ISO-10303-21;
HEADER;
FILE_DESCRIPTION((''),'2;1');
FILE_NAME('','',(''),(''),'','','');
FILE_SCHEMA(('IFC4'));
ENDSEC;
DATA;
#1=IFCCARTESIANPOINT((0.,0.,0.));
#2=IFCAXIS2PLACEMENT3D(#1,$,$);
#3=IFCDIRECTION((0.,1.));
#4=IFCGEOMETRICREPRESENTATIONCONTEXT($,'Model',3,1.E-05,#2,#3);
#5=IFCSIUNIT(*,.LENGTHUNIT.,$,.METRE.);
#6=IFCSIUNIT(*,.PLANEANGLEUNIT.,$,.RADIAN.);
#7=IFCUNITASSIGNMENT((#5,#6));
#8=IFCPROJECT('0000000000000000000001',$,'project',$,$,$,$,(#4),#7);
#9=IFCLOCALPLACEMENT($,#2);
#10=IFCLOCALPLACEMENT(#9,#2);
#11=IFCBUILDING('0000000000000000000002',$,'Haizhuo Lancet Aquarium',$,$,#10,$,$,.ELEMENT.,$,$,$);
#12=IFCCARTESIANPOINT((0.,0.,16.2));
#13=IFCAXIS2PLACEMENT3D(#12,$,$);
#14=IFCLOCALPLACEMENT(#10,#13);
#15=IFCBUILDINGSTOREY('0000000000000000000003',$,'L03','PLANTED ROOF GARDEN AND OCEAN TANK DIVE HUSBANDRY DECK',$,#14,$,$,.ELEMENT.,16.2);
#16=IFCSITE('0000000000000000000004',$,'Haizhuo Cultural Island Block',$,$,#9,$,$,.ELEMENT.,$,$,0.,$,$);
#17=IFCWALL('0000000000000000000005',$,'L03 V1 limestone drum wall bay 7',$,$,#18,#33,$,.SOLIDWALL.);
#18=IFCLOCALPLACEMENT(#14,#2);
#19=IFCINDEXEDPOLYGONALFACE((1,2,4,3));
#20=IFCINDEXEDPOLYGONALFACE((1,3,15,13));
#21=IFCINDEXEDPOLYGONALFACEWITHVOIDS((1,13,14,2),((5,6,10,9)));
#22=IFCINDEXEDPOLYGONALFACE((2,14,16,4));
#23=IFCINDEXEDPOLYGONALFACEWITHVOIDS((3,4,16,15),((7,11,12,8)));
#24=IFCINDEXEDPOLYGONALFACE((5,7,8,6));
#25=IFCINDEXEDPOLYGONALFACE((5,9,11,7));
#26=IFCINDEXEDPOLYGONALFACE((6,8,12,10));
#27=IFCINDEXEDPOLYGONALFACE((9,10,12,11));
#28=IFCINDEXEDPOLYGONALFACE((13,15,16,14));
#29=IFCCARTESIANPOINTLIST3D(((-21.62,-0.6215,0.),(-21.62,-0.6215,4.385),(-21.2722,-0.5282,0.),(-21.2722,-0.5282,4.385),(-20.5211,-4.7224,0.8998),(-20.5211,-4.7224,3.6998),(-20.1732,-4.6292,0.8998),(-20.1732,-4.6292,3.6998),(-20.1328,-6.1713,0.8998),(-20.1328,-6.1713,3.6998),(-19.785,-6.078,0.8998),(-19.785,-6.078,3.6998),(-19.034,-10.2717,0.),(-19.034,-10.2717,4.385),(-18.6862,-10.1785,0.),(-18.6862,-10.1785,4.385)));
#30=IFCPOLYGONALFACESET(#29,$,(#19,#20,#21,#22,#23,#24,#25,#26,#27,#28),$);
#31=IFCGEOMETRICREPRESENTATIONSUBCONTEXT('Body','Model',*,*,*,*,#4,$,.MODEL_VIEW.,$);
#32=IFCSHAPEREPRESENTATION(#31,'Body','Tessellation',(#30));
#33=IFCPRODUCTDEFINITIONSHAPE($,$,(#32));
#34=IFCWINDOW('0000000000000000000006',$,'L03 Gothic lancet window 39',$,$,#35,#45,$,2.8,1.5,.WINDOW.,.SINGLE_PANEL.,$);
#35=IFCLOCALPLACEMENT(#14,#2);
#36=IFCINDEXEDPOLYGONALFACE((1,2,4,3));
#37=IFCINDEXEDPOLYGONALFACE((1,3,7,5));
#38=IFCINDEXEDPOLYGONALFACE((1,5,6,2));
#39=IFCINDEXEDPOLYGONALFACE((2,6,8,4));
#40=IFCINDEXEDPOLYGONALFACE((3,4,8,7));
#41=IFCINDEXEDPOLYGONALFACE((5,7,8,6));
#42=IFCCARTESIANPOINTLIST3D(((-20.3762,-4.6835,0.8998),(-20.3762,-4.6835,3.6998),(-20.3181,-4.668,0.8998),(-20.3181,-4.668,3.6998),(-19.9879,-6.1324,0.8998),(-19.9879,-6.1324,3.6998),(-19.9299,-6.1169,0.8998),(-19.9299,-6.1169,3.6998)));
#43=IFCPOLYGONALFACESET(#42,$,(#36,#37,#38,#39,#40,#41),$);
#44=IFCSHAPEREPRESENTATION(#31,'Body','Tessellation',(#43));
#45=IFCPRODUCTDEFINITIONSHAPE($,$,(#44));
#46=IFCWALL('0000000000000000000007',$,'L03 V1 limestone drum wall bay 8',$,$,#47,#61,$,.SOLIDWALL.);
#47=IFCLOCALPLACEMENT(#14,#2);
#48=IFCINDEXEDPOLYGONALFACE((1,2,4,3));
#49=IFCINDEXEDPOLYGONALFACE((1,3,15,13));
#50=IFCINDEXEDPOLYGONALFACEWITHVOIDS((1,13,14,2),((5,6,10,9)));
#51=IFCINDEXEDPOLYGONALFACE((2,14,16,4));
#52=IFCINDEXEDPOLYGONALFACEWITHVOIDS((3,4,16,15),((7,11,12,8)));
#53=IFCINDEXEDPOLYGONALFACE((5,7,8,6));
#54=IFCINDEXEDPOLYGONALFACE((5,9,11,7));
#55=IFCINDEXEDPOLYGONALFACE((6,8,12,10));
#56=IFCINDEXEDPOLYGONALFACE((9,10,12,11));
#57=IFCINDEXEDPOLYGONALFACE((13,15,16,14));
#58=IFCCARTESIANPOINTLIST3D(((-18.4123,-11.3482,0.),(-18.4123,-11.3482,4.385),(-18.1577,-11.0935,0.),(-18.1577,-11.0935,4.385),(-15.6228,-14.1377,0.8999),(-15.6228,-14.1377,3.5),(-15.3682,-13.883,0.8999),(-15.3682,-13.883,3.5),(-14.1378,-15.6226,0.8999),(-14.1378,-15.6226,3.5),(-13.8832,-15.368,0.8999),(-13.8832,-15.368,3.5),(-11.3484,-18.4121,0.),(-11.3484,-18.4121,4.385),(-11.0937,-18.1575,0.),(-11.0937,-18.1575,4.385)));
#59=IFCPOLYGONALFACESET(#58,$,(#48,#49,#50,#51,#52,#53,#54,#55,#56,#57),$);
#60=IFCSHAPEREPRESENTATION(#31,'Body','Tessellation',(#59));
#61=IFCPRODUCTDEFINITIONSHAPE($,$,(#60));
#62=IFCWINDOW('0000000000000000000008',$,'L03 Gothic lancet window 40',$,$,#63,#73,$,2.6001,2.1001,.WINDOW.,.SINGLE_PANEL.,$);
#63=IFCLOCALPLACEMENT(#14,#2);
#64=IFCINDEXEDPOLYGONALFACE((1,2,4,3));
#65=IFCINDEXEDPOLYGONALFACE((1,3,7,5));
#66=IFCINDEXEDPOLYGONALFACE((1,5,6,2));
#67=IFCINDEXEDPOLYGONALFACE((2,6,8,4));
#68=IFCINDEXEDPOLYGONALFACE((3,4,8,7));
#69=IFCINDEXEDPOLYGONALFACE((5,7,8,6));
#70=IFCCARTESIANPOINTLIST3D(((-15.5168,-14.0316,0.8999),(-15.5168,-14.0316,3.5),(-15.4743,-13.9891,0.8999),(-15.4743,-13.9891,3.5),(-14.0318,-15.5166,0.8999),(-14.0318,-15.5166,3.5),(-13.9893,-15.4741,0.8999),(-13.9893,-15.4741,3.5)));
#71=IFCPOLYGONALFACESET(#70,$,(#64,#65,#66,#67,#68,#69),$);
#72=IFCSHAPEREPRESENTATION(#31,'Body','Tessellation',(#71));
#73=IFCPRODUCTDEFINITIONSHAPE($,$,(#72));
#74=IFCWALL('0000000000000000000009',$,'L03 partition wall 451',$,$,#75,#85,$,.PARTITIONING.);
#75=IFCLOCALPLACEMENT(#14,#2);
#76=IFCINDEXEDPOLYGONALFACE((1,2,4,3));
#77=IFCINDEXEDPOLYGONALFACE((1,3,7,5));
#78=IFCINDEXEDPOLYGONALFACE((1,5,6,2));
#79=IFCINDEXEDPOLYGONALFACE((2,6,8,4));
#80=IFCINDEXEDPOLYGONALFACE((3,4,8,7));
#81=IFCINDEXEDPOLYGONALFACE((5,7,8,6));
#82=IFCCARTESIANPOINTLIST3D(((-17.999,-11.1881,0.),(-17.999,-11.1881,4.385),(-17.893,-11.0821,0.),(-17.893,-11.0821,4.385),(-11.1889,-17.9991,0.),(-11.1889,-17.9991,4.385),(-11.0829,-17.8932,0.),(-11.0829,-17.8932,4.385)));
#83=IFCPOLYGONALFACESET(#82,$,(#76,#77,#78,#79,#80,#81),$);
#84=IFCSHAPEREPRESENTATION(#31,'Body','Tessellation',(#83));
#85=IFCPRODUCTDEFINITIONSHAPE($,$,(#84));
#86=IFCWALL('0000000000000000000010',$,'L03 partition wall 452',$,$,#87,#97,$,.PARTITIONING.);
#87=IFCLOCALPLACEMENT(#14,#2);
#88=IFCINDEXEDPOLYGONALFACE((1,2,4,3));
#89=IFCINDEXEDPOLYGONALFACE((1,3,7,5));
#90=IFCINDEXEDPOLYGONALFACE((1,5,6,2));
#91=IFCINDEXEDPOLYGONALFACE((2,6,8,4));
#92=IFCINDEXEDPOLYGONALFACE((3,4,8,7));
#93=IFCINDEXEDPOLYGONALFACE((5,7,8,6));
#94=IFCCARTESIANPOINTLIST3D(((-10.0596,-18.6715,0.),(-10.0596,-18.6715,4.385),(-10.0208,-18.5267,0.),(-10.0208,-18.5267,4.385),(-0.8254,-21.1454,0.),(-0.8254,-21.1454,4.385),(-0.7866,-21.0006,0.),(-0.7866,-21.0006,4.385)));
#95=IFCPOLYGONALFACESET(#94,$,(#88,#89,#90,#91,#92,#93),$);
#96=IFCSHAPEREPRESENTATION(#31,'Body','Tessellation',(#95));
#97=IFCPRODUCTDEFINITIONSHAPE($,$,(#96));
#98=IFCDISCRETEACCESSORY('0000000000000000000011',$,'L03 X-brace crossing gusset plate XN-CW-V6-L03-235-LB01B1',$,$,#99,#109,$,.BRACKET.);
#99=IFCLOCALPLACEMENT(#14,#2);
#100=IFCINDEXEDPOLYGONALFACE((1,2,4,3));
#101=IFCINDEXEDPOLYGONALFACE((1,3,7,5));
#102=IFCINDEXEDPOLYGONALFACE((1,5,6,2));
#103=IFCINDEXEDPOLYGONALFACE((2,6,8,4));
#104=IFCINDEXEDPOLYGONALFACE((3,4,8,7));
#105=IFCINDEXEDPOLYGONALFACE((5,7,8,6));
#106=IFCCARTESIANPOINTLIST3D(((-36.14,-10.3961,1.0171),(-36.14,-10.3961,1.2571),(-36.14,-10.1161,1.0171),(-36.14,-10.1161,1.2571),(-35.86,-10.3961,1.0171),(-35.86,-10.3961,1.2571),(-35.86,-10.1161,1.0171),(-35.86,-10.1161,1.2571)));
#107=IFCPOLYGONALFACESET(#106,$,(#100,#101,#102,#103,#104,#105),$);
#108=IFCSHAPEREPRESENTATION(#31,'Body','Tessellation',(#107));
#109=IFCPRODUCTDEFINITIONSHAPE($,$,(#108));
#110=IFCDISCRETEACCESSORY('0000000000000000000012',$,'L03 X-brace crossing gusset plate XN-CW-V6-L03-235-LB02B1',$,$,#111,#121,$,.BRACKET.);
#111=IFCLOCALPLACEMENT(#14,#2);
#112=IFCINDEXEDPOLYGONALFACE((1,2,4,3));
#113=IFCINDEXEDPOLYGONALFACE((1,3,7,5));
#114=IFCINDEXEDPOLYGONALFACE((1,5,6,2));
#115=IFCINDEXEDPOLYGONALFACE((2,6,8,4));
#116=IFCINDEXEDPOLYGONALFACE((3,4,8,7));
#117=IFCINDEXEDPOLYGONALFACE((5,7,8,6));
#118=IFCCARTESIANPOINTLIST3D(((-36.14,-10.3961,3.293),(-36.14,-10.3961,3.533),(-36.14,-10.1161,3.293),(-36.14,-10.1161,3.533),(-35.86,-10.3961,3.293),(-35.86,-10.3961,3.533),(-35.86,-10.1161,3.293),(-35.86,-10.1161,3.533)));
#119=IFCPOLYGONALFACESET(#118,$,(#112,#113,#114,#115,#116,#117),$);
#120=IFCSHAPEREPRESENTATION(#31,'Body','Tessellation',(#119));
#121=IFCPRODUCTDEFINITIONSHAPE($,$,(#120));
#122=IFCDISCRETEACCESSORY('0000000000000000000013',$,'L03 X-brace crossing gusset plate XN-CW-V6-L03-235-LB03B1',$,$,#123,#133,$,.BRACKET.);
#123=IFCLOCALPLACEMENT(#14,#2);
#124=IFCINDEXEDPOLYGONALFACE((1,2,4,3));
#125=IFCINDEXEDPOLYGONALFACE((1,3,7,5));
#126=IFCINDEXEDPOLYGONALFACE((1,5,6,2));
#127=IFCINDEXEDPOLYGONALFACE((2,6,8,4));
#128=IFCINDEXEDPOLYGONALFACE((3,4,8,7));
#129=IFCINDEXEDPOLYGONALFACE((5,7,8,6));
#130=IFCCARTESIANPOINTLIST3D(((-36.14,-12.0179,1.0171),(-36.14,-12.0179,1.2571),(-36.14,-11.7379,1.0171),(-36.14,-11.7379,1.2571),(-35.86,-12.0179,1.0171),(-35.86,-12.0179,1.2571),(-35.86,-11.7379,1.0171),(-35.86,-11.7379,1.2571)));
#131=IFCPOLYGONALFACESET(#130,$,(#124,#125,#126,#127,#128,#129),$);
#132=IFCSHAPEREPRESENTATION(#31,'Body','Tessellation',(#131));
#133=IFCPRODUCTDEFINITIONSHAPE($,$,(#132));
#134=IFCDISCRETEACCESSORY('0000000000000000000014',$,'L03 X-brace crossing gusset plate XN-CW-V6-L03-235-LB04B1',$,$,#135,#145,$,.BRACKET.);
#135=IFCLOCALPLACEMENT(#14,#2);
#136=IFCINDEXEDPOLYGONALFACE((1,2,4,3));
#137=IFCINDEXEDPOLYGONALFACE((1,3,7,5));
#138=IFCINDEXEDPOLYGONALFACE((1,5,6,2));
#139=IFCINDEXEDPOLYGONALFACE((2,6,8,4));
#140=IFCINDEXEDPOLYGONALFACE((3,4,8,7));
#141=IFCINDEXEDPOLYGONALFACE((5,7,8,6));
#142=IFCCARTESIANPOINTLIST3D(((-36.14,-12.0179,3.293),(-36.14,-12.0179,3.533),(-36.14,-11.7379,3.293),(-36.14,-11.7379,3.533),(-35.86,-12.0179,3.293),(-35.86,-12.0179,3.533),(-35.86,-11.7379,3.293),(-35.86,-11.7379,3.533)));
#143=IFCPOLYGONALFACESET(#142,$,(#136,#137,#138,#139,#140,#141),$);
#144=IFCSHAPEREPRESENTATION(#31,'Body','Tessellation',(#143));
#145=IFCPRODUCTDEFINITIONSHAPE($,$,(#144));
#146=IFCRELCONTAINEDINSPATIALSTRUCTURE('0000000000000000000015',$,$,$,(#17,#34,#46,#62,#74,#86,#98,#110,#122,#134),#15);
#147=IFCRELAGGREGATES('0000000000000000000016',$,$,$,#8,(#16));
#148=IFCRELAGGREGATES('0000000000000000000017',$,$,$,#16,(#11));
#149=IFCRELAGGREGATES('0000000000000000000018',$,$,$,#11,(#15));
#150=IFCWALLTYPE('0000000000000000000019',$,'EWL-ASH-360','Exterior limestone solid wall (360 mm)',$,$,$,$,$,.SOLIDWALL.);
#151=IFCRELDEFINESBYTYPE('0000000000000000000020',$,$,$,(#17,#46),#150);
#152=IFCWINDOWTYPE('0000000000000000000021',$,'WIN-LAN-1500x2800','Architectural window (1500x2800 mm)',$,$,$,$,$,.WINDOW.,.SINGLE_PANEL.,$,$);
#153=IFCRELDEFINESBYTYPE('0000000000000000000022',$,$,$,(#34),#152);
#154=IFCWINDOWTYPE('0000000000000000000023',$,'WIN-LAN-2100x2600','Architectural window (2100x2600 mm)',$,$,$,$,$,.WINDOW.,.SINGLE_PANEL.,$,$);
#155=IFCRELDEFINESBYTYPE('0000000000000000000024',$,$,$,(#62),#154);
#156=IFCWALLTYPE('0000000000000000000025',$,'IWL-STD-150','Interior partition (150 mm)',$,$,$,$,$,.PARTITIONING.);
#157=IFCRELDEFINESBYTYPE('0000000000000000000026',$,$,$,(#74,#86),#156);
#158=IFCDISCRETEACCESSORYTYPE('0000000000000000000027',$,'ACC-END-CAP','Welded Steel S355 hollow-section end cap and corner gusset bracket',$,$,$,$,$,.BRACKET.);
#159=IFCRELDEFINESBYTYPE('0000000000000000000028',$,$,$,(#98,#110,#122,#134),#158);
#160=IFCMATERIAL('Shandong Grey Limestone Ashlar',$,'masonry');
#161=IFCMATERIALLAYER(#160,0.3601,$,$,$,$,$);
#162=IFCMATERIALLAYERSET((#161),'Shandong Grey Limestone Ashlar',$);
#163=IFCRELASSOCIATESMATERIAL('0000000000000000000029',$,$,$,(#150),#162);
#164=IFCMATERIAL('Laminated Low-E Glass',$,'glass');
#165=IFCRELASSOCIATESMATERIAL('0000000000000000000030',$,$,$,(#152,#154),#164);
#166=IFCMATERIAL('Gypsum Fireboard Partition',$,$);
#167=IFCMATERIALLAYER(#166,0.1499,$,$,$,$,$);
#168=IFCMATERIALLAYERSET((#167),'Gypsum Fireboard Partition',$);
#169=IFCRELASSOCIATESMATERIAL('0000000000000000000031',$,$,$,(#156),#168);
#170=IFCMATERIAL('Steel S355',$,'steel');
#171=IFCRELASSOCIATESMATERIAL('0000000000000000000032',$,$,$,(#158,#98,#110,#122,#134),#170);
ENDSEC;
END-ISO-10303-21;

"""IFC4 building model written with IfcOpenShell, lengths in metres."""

from ifc_helpers import new_model, si_unit, direction, frame, frame_2d, origin, origin_2d, place, context, subcontext, project, spatial, rectangle, extrude, material, layer, layer_set, type_object, element, fill, save


model = new_model("IFC4")

# Units and contexts
model_context = context("Model", 3, precision=1e-05, world=origin(), true_north=direction((0.0, 1.0)))
body_context = subcontext(model_context, "Body", "Model", "MODEL_VIEW")
ifc_project = project(units=[si_unit("LENGTHUNIT", "METRE"), si_unit("PLANEANGLEUNIT", "RADIAN")], contexts=[model_context])

# Site, building, storey
site_placement = place(None, origin())
site = spatial("IfcSite", under=ifc_project, at=site_placement, Name="Haizhuo Cultural Island Block", CompositionType="ELEMENT", RefElevation=0.0)
building_placement = place(site_placement, origin())
building = spatial("IfcBuilding", under=site, at=building_placement, Name="Haizhuo Lancet Aquarium", CompositionType="ELEMENT")
storey_placement = place(building_placement, frame((0.0, 0.0, 16.2)))
storey = spatial("IfcBuildingStorey", under=building, at=storey_placement, Name="L03", Description="PLANTED ROOF GARDEN AND OCEAN TANK DIVE HUSBANDRY DECK", CompositionType="ELEMENT", Elevation=16.2)

# Shared definitions
ifc_material_1 = material(Name="Steel S355", Category="steel")

# Shared definitions
ifc_material_2 = material(Name="Laminated Low-E Glass", Category="glass")

# Walls, openings, windows
ifc_material_3 = material(Name="Shandong Grey Limestone Ashlar", Category="masonry")
ifc_layer_1 = layer(ifc_material_3, 0.3601)
ifc_layer_set_1 = layer_set([ifc_layer_1], Name="Shandong Grey Limestone Ashlar")
wall_type_1 = type_object("IfcWallType", Name="EWL-ASH-360", Description="Exterior limestone solid wall (360 mm)", PredefinedType="SOLIDWALL", material=ifc_layer_set_1)
wall_1_placement = place(storey_placement, frame((-18.8601, -10.2251, 0.0), z_axis=(0.0, 0.0, 1.0), x_axis=(-0.258837, 0.965921, 0.0)))
wall_1 = element("IfcWall", 1, at=wall_1_placement, inside=storey, type_object=wall_type_1, Name="L03 V1 limestone drum wall bay 7", PredefinedType="SOLIDWALL", context=body_context, shape_type="SweptSolid", body=[
    extrude(rectangle(XDim=9.9907, YDim=0.3601, at=frame_2d((4.9954, 0.0))), origin(), (0.0, 0.0, 1.0), 4.385),
])
opening_1_placement = place(wall_1_placement, frame((4.2451, 0.0, 0.8999)))
opening_1 = element("IfcOpeningElement", 2, at=opening_1_placement, cuts=wall_1, PredefinedType="OPENING", context=body_context, shape_type="SweptSolid", body=[
    extrude(rectangle(XDim=1.5, YDim=2.8, at=frame_2d((0.75, 1.3999))), frame((0.0, 0.1899, 0.0), z_axis=(0.0, -1.0, 0.0), x_axis=(1.0, 0.0, 0.0)), (0.0, 0.0, 1.0), 0.3801),
])
window_type_1 = type_object("IfcWindowType", Name="WIN-LAN-1500x2800", Description="Architectural window (1500x2800 mm)", PartitioningType="SINGLE_PANEL", PredefinedType="WINDOW", material=ifc_material_2)
window_1_placement = place(opening_1_placement, origin())
window_1 = element("IfcWindow", 3, at=window_1_placement, inside=storey, type_object=window_type_1, Name="L03 Gothic lancet window 39", OverallHeight=2.8, OverallWidth=1.5, PartitioningType="SINGLE_PANEL", PredefinedType="WINDOW", context=body_context, shape_type="SweptSolid", body=[
    extrude(rectangle(XDim=1.5, YDim=2.8, at=frame_2d((0.75, 1.3999))), frame((0.0, 0.03, 0.0), z_axis=(0.0, -1.0, 0.0), x_axis=(1.0, 0.0, 0.0)), (0.0, 0.0, 1.0), 0.0601),
])
fill(opening_1, window_1)
wall_2_placement = place(storey_placement, frame((-11.2209, -18.2849, 0.0), z_axis=(0.0, 0.0, 1.0), x_axis=(-0.707107, 0.707107, 0.0)))
wall_2 = element("IfcWall", 4, at=wall_2_placement, inside=storey, type_object=wall_type_1, Name="L03 V1 limestone drum wall bay 8", PredefinedType="SOLIDWALL", context=body_context, shape_type="SweptSolid", body=[
    extrude(rectangle(XDim=9.99, YDim=0.3601, at=frame_2d((4.9951, 0.0))), origin(), (0.0, 0.0, 1.0), 4.385),
])
opening_2_placement = place(wall_2_placement, frame((3.9451, 0.0, 0.8999)))
opening_2 = element("IfcOpeningElement", 5, at=opening_2_placement, cuts=wall_2, PredefinedType="OPENING", context=body_context, shape_type="SweptSolid", body=[
    extrude(rectangle(XDim=2.1001, YDim=2.6001, at=frame_2d((1.05, 1.3))), frame((0.0, 0.1899, 0.0), z_axis=(0.0, -1.0, 0.0), x_axis=(1.0, 0.0, 0.0)), (0.0, 0.0, 1.0), 0.3801),
])
window_type_2 = type_object("IfcWindowType", Name="WIN-LAN-2100x2600", Description="Architectural window (2100x2600 mm)", PartitioningType="SINGLE_PANEL", PredefinedType="WINDOW", material=ifc_material_2)
window_2_placement = place(opening_2_placement, origin())
window_2 = element("IfcWindow", 6, at=window_2_placement, inside=storey, type_object=window_type_2, Name="L03 Gothic lancet window 40", OverallHeight=2.6001, OverallWidth=2.1001, PartitioningType="SINGLE_PANEL", PredefinedType="WINDOW", context=body_context, shape_type="SweptSolid", body=[
    extrude(rectangle(XDim=2.1001, YDim=2.6001, at=frame_2d((1.05, 1.3))), frame((0.0, 0.03, 0.0), z_axis=(0.0, -1.0, 0.0), x_axis=(1.0, 0.0, 0.0)), (0.0, 0.0, 1.0), 0.0601),
])
fill(opening_2, window_2)

# Walls
ifc_material_4 = material(Name="Gypsum Fireboard Partition")
ifc_layer_2 = layer(ifc_material_4, 0.1499)
ifc_layer_set_2 = layer_set([ifc_layer_2], Name="Gypsum Fireboard Partition")
wall_type_2 = type_object("IfcWallType", Name="IWL-STD-150", Description="Interior partition (150 mm)", PredefinedType="PARTITIONING", material=ifc_layer_set_2)
wall_3_placement = place(storey_placement, frame((-17.946, -11.135, 0.0), z_axis=(0.0, 0.0, 1.0), x_axis=(0.707056, -0.707157, 0.0)))
element("IfcWall", 7, at=wall_3_placement, inside=storey, type_object=wall_type_2, Name="L03 partition wall 451", PredefinedType="PARTITIONING", context=body_context, shape_type="SweptSolid", body=[
    extrude(rectangle(XDim=9.6316, YDim=0.1499, at=frame_2d((4.8159, 0.0))), origin(), (0.0, 0.0, 1.0), 4.385),
])
wall_4_placement = place(storey_placement, frame((-10.04, -18.5991, 0.0), z_axis=(0.0, 0.0, 1.0), x_axis=(0.965936, -0.25878, 0.0)))
element("IfcWall", 8, at=wall_4_placement, inside=storey, type_object=wall_type_2, Name="L03 partition wall 452", PredefinedType="PARTITIONING", context=body_context, shape_type="SweptSolid", body=[
    extrude(rectangle(XDim=9.5598, YDim=0.1499, at=frame_2d((4.7798, 0.0))), origin(), (0.0, 0.0, 1.0), 4.385),
])

# Discrete accessories
discrete_accessory_type = type_object("IfcDiscreteAccessoryType", Name="ACC-END-CAP", Description="Welded Steel S355 hollow-section end cap and corner gusset bracket", PredefinedType="BRACKET", material=ifc_material_1)
for number, where, z_axis, x_axis, name in (
    (9, (-36.0, -10.2561, 1.0171), (0.0, 0.0, 1.0), (1.0, 0.0, 0.0), "L03 X-brace crossing gusset plate XN-CW-V6-L03-235-LB01B1"),
    (10, (-36.0, -10.2561, 3.293), (0.0, 0.0, 1.0), (1.0, 0.0, 0.0), "L03 X-brace crossing gusset plate XN-CW-V6-L03-235-LB02B1"),
    (11, (-36.0, -11.8779, 1.0171), (0.0, 0.0, 1.0), (1.0, 0.0, 0.0), "L03 X-brace crossing gusset plate XN-CW-V6-L03-235-LB03B1"),
    (12, (-36.0, -11.8779, 3.293), (0.0, 0.0, 1.0), (1.0, 0.0, 0.0), "L03 X-brace crossing gusset plate XN-CW-V6-L03-235-LB04B1"),
):
    element("IfcDiscreteAccessory", number, at=place(storey_placement, frame(where, z_axis=z_axis, x_axis=x_axis)), inside=storey, type_object=discrete_accessory_type, material=ifc_material_1, Name=name, PredefinedType="BRACKET", context=body_context, shape_type="SweptSolid", body=[
        extrude(rectangle(XDim=0.28, YDim=0.28, at=origin_2d()), origin(), (0.0, 0.0, 1.0), 0.24),
    ])

save(model, "model.ifc")
